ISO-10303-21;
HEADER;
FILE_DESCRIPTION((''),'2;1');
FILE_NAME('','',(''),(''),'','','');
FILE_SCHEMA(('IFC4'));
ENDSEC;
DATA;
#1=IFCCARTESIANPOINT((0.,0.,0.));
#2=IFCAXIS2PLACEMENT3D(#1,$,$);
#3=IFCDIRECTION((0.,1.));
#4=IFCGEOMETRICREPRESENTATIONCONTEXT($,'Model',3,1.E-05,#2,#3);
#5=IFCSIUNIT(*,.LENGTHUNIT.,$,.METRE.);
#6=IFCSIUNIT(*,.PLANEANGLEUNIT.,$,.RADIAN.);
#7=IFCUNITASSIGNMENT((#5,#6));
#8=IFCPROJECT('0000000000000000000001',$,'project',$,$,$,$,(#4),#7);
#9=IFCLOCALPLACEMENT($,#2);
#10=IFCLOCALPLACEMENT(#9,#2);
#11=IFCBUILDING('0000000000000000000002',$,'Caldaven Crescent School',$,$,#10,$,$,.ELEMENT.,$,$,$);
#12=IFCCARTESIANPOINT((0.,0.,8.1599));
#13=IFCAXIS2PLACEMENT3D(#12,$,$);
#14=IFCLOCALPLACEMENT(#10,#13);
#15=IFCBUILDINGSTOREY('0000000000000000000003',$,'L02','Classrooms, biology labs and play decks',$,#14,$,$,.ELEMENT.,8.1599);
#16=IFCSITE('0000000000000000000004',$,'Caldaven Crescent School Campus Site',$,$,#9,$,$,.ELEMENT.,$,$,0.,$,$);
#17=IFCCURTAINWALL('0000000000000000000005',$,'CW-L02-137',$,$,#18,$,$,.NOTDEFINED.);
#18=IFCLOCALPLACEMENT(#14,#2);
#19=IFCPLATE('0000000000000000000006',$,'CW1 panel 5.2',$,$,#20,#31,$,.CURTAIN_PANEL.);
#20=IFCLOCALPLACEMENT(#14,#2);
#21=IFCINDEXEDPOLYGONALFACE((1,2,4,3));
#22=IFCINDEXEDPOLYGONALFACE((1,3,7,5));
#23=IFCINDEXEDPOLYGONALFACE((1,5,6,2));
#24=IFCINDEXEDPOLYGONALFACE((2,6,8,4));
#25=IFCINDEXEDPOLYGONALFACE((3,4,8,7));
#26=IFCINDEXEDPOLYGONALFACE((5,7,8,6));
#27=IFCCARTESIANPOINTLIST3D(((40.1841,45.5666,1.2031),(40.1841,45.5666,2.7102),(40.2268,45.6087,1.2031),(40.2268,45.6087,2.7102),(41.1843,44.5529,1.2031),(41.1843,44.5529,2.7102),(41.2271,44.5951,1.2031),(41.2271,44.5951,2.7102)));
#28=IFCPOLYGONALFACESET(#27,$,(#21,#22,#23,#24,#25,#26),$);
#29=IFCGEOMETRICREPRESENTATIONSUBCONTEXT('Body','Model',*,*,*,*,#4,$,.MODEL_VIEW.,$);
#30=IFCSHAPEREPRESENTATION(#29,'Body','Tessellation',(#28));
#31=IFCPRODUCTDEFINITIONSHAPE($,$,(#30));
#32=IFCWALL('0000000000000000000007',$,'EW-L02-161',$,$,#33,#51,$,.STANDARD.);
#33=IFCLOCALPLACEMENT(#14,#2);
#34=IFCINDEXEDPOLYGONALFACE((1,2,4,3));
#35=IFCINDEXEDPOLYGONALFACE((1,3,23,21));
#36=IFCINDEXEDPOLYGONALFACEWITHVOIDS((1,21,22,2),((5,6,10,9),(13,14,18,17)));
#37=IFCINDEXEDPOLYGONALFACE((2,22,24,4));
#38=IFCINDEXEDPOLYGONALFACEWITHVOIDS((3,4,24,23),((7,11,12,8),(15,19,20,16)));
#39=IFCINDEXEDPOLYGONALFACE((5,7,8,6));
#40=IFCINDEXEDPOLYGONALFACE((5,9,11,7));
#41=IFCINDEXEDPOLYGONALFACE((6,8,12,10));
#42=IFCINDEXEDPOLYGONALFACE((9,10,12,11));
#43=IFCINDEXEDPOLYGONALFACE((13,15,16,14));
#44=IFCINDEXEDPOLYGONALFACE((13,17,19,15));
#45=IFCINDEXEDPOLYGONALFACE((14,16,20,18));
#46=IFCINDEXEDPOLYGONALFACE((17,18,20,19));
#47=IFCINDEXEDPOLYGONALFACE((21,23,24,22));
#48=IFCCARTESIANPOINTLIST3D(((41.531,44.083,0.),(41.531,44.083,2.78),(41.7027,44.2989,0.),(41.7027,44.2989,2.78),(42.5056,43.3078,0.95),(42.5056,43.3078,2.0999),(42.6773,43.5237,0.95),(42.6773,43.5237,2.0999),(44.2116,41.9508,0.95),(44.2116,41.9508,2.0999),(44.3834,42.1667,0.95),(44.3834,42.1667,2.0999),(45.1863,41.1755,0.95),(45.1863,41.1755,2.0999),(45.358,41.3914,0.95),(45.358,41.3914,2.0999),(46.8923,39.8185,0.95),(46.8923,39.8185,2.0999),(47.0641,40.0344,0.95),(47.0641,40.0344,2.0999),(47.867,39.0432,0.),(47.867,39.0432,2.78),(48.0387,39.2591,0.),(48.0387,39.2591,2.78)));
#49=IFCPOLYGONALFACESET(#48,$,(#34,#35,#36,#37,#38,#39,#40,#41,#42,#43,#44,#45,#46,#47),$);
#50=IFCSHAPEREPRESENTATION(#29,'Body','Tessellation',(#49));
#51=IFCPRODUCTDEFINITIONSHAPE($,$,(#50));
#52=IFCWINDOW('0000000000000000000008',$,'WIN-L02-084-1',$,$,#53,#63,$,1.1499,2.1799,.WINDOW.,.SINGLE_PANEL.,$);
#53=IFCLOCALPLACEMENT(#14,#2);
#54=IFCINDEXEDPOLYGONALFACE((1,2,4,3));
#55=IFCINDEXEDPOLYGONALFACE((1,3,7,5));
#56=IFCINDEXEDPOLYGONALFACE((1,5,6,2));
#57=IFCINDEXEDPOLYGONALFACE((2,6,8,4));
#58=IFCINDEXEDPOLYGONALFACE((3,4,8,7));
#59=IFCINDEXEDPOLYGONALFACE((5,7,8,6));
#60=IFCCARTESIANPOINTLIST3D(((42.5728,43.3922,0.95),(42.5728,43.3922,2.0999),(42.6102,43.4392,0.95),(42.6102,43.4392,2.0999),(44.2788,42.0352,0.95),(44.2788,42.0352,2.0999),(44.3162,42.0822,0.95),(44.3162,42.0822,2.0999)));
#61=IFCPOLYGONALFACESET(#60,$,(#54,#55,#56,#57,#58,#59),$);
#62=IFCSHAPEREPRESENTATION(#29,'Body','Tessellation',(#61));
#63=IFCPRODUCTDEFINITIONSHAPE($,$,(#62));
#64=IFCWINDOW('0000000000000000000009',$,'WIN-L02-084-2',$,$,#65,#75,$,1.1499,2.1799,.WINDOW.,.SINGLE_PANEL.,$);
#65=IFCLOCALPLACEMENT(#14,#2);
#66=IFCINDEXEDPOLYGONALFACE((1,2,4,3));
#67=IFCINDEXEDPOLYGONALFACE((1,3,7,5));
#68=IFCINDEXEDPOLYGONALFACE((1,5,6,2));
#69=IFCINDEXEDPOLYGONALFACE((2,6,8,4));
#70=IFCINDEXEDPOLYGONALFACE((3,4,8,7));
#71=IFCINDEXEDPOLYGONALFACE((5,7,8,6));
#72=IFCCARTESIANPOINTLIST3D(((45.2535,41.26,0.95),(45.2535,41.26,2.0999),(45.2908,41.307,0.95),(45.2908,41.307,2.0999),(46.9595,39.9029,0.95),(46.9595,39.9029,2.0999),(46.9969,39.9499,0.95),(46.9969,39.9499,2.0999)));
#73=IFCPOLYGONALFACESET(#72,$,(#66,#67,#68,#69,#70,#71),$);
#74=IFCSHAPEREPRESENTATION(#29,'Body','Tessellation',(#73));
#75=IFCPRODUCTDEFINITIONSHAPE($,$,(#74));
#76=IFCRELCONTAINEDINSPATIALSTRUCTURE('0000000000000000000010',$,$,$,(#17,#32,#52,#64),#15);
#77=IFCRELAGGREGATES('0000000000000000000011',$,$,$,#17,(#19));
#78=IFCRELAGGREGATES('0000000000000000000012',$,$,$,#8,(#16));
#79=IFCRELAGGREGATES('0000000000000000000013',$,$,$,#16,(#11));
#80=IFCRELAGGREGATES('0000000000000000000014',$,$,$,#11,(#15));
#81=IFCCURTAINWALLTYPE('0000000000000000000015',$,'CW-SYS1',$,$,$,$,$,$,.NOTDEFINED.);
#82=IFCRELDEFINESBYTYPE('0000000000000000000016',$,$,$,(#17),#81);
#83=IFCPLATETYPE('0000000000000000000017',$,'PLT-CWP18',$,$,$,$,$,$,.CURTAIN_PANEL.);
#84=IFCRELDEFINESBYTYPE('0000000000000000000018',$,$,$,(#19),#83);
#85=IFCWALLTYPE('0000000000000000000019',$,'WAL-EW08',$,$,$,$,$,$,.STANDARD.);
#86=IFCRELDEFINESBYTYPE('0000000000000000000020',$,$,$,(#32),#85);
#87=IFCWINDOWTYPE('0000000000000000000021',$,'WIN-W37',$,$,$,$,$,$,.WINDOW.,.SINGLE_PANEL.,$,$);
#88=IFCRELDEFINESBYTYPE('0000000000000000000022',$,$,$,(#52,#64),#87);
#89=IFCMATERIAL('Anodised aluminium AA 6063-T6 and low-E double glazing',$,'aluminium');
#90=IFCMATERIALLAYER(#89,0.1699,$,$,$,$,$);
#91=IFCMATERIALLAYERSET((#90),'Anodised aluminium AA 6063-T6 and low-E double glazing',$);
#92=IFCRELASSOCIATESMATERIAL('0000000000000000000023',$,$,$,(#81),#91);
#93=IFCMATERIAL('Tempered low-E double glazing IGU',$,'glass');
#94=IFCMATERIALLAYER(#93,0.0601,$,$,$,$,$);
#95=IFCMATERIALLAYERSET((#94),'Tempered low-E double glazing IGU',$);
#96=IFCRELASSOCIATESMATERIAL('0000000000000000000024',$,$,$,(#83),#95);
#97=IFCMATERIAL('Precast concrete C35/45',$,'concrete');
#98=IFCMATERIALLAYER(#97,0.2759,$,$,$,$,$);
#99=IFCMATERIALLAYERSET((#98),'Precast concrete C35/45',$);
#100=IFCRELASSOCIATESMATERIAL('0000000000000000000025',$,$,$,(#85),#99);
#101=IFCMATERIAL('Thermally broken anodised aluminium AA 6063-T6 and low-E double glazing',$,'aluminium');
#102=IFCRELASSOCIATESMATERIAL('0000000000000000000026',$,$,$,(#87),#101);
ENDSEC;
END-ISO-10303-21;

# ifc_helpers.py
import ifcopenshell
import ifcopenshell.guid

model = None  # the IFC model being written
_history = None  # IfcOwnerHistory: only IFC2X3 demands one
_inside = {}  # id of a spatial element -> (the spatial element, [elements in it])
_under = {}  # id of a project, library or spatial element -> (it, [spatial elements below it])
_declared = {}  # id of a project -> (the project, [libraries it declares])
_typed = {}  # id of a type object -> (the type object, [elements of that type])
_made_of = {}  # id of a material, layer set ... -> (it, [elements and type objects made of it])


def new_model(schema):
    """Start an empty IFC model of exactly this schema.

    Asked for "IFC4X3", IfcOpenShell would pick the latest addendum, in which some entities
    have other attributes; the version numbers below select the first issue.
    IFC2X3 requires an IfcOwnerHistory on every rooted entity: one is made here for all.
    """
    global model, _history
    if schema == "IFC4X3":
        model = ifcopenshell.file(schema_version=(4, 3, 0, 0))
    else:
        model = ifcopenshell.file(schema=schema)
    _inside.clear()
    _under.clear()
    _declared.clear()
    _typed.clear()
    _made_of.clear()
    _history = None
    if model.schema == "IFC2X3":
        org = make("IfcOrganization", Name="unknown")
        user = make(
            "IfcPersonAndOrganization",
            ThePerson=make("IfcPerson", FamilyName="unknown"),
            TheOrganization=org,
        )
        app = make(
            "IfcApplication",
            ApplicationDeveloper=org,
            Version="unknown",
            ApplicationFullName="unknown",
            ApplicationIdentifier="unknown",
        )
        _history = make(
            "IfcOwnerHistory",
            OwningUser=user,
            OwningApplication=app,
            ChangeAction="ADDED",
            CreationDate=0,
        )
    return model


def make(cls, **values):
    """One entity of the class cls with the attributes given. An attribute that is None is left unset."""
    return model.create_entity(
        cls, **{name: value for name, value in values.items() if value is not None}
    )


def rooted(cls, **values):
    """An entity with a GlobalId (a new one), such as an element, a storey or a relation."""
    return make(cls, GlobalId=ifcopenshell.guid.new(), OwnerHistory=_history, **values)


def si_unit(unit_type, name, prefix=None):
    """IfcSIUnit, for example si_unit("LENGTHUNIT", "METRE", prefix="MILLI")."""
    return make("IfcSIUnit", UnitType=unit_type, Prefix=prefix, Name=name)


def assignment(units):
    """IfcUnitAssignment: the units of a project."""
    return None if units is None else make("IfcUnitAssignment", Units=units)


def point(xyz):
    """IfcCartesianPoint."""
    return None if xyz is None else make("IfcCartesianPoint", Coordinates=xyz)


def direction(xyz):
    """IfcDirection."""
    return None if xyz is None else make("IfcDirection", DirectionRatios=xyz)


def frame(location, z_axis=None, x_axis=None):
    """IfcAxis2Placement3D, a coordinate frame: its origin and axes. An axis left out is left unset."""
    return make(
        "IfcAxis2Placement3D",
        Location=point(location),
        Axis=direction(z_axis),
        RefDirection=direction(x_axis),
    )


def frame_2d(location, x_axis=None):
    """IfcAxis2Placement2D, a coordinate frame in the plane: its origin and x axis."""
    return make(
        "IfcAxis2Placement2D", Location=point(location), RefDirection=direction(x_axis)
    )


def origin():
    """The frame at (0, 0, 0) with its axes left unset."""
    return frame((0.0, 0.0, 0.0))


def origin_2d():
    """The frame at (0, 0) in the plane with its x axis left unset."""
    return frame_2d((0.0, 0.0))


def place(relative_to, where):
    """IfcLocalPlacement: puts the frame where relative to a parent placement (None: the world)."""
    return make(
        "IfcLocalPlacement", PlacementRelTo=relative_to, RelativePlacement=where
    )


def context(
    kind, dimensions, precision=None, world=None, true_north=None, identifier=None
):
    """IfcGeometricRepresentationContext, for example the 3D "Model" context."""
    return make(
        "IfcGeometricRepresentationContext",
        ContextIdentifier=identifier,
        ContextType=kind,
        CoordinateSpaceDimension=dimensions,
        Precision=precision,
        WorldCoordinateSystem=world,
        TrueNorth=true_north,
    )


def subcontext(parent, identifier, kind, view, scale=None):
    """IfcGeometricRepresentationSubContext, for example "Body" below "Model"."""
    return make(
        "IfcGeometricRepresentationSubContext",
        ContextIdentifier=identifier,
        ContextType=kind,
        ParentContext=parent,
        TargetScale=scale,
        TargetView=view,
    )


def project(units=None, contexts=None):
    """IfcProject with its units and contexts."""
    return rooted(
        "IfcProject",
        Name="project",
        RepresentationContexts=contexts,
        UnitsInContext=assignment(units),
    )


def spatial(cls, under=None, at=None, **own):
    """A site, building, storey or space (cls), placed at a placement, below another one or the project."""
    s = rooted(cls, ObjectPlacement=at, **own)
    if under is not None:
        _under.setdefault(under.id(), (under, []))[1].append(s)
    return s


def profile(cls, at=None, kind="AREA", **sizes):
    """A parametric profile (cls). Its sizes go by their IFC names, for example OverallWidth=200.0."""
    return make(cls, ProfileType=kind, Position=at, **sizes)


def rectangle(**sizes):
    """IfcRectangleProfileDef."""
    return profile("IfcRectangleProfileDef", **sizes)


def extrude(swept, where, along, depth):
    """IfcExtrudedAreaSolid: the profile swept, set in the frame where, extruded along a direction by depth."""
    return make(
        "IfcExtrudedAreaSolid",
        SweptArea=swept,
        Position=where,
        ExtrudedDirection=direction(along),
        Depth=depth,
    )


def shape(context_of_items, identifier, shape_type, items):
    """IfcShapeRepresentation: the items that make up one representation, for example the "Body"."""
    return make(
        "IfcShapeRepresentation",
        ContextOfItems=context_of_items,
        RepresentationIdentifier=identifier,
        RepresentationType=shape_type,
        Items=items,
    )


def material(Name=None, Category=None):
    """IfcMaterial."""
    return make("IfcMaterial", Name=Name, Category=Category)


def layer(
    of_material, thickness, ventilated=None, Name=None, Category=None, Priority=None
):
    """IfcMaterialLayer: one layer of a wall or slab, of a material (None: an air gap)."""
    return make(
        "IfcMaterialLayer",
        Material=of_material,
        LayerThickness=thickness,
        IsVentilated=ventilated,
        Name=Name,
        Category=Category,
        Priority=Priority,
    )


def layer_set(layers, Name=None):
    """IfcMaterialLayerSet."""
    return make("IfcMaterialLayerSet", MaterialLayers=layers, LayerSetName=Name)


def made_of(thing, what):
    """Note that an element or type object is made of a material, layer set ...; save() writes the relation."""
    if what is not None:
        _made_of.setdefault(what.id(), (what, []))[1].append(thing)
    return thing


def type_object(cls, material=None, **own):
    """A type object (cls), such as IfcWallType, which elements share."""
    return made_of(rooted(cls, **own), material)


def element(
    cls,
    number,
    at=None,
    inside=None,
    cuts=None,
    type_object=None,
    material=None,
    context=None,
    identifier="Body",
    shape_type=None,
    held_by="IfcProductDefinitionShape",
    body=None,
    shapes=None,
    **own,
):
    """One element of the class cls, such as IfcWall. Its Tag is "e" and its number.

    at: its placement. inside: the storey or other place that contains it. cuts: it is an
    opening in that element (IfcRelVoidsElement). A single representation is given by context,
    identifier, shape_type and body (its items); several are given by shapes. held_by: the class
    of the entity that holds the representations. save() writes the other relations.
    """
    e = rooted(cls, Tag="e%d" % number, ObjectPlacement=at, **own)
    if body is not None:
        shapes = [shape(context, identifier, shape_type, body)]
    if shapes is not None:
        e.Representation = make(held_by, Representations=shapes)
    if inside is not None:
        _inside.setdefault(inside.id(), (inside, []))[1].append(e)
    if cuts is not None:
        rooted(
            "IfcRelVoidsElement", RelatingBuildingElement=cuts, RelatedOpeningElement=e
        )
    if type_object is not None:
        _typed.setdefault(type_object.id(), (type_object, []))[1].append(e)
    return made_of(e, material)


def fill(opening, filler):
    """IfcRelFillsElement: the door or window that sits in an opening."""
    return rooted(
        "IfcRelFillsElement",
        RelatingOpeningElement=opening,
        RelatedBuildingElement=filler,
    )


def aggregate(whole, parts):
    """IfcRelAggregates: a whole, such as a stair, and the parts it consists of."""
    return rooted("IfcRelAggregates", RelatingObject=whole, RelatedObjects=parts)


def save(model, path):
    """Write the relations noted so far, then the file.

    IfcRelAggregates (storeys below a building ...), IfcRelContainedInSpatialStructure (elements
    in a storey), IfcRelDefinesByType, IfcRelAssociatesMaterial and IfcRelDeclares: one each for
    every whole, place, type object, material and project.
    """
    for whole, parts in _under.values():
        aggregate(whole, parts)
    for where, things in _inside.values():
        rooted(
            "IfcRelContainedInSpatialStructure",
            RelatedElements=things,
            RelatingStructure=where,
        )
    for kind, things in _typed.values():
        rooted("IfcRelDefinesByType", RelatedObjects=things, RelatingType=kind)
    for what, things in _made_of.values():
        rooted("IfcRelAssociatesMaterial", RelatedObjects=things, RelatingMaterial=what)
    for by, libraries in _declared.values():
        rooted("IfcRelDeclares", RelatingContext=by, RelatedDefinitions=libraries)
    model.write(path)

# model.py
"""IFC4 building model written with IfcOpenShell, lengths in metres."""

from ifc_helpers import new_model, si_unit, direction, frame, frame_2d, origin, origin_2d, place, context, subcontext, project, spatial, rectangle, extrude, material, layer, layer_set, type_object, element, fill, aggregate, save


model = new_model("IFC4")

# Units and contexts
model_context = context("Model", 3, precision=1e-05, world=origin(), true_north=direction((0.0, 1.0)))
body_context = subcontext(model_context, "Body", "Model", "MODEL_VIEW")
ifc_project = project(units=[si_unit("LENGTHUNIT", "METRE"), si_unit("PLANEANGLEUNIT", "RADIAN")], contexts=[model_context])

# Site, building, storey
site_placement = place(None, origin())
site = spatial("IfcSite", under=ifc_project, at=site_placement, Name="Caldaven Crescent School Campus Site", CompositionType="ELEMENT", RefElevation=0.0)
building_placement = place(site_placement, origin())
building = spatial("IfcBuilding", under=site, at=building_placement, Name="Caldaven Crescent School", CompositionType="ELEMENT")
storey_placement = place(building_placement, frame((0.0, 0.0, 8.1599)))
storey = spatial("IfcBuildingStorey", under=building, at=storey_placement, Name="L02", Description="Classrooms, biology labs and play decks", CompositionType="ELEMENT", Elevation=8.1599)

# Curtain wall
ifc_material_1 = material(Name="Anodised aluminium AA 6063-T6 and low-E double glazing", Category="aluminium")
ifc_layer_1 = layer(ifc_material_1, 0.1699)
ifc_layer_set_1 = layer_set([ifc_layer_1], Name="Anodised aluminium AA 6063-T6 and low-E double glazing")
curtain_wall_type = type_object("IfcCurtainWallType", Name="CW-SYS1", PredefinedType="NOTDEFINED", material=ifc_layer_set_1)
curtain_wall_placement = place(storey_placement, origin())
curtain_wall = element("IfcCurtainWall", 1, at=curtain_wall_placement, inside=storey, type_object=curtain_wall_type, Name="CW-L02-137", PredefinedType="NOTDEFINED")

# Plate
ifc_material_2 = material(Name="Tempered low-E double glazing IGU", Category="glass")
ifc_layer_2 = layer(ifc_material_2, 0.0601)
ifc_layer_set_2 = layer_set([ifc_layer_2], Name="Tempered low-E double glazing IGU")
plate_type = type_object("IfcPlateType", Name="PLT-CWP18", PredefinedType="CURTAIN_PANEL", material=ifc_layer_set_2)
plate_1_placement = place(storey_placement, frame((40.7056, 45.0808, 1.2031), z_axis=(0.0, 0.0, 1.0), x_axis=(0.70237, -0.711812, 0.0)))
plate_1 = element("IfcPlate", 2, at=plate_1_placement, type_object=plate_type, Name="CW1 panel 5.2", PredefinedType="CURTAIN_PANEL", context=body_context, shape_type="SweptSolid", body=[
    extrude(rectangle(XDim=1.4241, YDim=0.0601, at=origin_2d()), origin(), (0.0, 0.0, 1.0), 1.5071),
])
aggregate(curtain_wall, [plate_1])

# Wall, openings, windows
ifc_material_3 = material(Name="Precast concrete C35/45", Category="concrete")
ifc_layer_3 = layer(ifc_material_3, 0.2759)
ifc_layer_set_3 = layer_set([ifc_layer_3], Name="Precast concrete C35/45")
wall_type = type_object("IfcWallType", Name="WAL-EW08", PredefinedType="STANDARD", material=ifc_layer_set_3)
wall_placement = place(storey_placement, frame((41.6169, 44.1909, 0.0), z_axis=(0.0, 0.0, 1.0), x_axis=(0.78261, -0.622512, 0.0)))
wall = element("IfcWall", 3, at=wall_placement, inside=storey, type_object=wall_type, Name="EW-L02-161", PredefinedType="STANDARD", context=body_context, shape_type="SweptSolid", body=[
    extrude(rectangle(XDim=8.0959, YDim=0.2759, at=frame_2d((4.0479, 0.0))), origin(), (0.0, 0.0, 1.0), 2.78),
])
opening_1_placement = place(wall_placement, frame((1.2454, 0.0, 0.95)))
opening_1 = element("IfcOpeningElement", 4, at=opening_1_placement, cuts=wall, PredefinedType="OPENING", context=body_context, shape_type="SweptSolid", body=[
    extrude(rectangle(XDim=2.1799, YDim=1.1499, at=frame_2d((1.0898, 0.575))), frame((0.0, 0.1479, 0.0), z_axis=(0.0, -1.0, 0.0), x_axis=(1.0, 0.0, 0.0)), (0.0, 0.0, 1.0), 0.2959),
])
opening_2_placement = place(wall_placement, frame((4.6707, 0.0, 0.95)))
opening_2 = element("IfcOpeningElement", 5, at=opening_2_placement, cuts=wall, PredefinedType="OPENING", context=body_context, shape_type="SweptSolid", body=[
    extrude(rectangle(XDim=2.1799, YDim=1.1499, at=frame_2d((1.0898, 0.575))), frame((0.0, 0.1479, 0.0), z_axis=(0.0, -1.0, 0.0), x_axis=(1.0, 0.0, 0.0)), (0.0, 0.0, 1.0), 0.2959),
])
ifc_material_4 = material(Name="Thermally broken anodised aluminium AA 6063-T6 and low-E double glazing", Category="aluminium")
window_type = type_object("IfcWindowType", Name="WIN-W37", PartitioningType="SINGLE_PANEL", PredefinedType="WINDOW", material=ifc_material_4)
window_1_placement = place(opening_1_placement, origin())
window_1 = element("IfcWindow", 6, at=window_1_placement, inside=storey, type_object=window_type, Name="WIN-L02-084-1", OverallHeight=1.1499, OverallWidth=2.1799, PartitioningType="SINGLE_PANEL", PredefinedType="WINDOW", context=body_context, shape_type="SweptSolid", body=[
    extrude(rectangle(XDim=2.1799, YDim=1.1499, at=frame_2d((1.0898, 0.575))), frame((0.0, 0.03, 0.0), z_axis=(0.0, -1.0, 0.0), x_axis=(1.0, 0.0, 0.0)), (0.0, 0.0, 1.0), 0.0601),
])
fill(opening_1, window_1)
window_2_placement = place(opening_2_placement, origin())
window_2 = element("IfcWindow", 7, at=window_2_placement, inside=storey, type_object=window_type, Name="WIN-L02-084-2", OverallHeight=1.1499, OverallWidth=2.1799, PartitioningType="SINGLE_PANEL", PredefinedType="WINDOW", context=body_context, shape_type="SweptSolid", body=[
    extrude(rectangle(XDim=2.1799, YDim=1.1499, at=frame_2d((1.0898, 0.575))), frame((0.0, 0.03, 0.0), z_axis=(0.0, -1.0, 0.0), x_axis=(1.0, 0.0, 0.0)), (0.0, 0.0, 1.0), 0.0601),
])
fill(opening_2, window_2)

save(model, "model.ifc")
